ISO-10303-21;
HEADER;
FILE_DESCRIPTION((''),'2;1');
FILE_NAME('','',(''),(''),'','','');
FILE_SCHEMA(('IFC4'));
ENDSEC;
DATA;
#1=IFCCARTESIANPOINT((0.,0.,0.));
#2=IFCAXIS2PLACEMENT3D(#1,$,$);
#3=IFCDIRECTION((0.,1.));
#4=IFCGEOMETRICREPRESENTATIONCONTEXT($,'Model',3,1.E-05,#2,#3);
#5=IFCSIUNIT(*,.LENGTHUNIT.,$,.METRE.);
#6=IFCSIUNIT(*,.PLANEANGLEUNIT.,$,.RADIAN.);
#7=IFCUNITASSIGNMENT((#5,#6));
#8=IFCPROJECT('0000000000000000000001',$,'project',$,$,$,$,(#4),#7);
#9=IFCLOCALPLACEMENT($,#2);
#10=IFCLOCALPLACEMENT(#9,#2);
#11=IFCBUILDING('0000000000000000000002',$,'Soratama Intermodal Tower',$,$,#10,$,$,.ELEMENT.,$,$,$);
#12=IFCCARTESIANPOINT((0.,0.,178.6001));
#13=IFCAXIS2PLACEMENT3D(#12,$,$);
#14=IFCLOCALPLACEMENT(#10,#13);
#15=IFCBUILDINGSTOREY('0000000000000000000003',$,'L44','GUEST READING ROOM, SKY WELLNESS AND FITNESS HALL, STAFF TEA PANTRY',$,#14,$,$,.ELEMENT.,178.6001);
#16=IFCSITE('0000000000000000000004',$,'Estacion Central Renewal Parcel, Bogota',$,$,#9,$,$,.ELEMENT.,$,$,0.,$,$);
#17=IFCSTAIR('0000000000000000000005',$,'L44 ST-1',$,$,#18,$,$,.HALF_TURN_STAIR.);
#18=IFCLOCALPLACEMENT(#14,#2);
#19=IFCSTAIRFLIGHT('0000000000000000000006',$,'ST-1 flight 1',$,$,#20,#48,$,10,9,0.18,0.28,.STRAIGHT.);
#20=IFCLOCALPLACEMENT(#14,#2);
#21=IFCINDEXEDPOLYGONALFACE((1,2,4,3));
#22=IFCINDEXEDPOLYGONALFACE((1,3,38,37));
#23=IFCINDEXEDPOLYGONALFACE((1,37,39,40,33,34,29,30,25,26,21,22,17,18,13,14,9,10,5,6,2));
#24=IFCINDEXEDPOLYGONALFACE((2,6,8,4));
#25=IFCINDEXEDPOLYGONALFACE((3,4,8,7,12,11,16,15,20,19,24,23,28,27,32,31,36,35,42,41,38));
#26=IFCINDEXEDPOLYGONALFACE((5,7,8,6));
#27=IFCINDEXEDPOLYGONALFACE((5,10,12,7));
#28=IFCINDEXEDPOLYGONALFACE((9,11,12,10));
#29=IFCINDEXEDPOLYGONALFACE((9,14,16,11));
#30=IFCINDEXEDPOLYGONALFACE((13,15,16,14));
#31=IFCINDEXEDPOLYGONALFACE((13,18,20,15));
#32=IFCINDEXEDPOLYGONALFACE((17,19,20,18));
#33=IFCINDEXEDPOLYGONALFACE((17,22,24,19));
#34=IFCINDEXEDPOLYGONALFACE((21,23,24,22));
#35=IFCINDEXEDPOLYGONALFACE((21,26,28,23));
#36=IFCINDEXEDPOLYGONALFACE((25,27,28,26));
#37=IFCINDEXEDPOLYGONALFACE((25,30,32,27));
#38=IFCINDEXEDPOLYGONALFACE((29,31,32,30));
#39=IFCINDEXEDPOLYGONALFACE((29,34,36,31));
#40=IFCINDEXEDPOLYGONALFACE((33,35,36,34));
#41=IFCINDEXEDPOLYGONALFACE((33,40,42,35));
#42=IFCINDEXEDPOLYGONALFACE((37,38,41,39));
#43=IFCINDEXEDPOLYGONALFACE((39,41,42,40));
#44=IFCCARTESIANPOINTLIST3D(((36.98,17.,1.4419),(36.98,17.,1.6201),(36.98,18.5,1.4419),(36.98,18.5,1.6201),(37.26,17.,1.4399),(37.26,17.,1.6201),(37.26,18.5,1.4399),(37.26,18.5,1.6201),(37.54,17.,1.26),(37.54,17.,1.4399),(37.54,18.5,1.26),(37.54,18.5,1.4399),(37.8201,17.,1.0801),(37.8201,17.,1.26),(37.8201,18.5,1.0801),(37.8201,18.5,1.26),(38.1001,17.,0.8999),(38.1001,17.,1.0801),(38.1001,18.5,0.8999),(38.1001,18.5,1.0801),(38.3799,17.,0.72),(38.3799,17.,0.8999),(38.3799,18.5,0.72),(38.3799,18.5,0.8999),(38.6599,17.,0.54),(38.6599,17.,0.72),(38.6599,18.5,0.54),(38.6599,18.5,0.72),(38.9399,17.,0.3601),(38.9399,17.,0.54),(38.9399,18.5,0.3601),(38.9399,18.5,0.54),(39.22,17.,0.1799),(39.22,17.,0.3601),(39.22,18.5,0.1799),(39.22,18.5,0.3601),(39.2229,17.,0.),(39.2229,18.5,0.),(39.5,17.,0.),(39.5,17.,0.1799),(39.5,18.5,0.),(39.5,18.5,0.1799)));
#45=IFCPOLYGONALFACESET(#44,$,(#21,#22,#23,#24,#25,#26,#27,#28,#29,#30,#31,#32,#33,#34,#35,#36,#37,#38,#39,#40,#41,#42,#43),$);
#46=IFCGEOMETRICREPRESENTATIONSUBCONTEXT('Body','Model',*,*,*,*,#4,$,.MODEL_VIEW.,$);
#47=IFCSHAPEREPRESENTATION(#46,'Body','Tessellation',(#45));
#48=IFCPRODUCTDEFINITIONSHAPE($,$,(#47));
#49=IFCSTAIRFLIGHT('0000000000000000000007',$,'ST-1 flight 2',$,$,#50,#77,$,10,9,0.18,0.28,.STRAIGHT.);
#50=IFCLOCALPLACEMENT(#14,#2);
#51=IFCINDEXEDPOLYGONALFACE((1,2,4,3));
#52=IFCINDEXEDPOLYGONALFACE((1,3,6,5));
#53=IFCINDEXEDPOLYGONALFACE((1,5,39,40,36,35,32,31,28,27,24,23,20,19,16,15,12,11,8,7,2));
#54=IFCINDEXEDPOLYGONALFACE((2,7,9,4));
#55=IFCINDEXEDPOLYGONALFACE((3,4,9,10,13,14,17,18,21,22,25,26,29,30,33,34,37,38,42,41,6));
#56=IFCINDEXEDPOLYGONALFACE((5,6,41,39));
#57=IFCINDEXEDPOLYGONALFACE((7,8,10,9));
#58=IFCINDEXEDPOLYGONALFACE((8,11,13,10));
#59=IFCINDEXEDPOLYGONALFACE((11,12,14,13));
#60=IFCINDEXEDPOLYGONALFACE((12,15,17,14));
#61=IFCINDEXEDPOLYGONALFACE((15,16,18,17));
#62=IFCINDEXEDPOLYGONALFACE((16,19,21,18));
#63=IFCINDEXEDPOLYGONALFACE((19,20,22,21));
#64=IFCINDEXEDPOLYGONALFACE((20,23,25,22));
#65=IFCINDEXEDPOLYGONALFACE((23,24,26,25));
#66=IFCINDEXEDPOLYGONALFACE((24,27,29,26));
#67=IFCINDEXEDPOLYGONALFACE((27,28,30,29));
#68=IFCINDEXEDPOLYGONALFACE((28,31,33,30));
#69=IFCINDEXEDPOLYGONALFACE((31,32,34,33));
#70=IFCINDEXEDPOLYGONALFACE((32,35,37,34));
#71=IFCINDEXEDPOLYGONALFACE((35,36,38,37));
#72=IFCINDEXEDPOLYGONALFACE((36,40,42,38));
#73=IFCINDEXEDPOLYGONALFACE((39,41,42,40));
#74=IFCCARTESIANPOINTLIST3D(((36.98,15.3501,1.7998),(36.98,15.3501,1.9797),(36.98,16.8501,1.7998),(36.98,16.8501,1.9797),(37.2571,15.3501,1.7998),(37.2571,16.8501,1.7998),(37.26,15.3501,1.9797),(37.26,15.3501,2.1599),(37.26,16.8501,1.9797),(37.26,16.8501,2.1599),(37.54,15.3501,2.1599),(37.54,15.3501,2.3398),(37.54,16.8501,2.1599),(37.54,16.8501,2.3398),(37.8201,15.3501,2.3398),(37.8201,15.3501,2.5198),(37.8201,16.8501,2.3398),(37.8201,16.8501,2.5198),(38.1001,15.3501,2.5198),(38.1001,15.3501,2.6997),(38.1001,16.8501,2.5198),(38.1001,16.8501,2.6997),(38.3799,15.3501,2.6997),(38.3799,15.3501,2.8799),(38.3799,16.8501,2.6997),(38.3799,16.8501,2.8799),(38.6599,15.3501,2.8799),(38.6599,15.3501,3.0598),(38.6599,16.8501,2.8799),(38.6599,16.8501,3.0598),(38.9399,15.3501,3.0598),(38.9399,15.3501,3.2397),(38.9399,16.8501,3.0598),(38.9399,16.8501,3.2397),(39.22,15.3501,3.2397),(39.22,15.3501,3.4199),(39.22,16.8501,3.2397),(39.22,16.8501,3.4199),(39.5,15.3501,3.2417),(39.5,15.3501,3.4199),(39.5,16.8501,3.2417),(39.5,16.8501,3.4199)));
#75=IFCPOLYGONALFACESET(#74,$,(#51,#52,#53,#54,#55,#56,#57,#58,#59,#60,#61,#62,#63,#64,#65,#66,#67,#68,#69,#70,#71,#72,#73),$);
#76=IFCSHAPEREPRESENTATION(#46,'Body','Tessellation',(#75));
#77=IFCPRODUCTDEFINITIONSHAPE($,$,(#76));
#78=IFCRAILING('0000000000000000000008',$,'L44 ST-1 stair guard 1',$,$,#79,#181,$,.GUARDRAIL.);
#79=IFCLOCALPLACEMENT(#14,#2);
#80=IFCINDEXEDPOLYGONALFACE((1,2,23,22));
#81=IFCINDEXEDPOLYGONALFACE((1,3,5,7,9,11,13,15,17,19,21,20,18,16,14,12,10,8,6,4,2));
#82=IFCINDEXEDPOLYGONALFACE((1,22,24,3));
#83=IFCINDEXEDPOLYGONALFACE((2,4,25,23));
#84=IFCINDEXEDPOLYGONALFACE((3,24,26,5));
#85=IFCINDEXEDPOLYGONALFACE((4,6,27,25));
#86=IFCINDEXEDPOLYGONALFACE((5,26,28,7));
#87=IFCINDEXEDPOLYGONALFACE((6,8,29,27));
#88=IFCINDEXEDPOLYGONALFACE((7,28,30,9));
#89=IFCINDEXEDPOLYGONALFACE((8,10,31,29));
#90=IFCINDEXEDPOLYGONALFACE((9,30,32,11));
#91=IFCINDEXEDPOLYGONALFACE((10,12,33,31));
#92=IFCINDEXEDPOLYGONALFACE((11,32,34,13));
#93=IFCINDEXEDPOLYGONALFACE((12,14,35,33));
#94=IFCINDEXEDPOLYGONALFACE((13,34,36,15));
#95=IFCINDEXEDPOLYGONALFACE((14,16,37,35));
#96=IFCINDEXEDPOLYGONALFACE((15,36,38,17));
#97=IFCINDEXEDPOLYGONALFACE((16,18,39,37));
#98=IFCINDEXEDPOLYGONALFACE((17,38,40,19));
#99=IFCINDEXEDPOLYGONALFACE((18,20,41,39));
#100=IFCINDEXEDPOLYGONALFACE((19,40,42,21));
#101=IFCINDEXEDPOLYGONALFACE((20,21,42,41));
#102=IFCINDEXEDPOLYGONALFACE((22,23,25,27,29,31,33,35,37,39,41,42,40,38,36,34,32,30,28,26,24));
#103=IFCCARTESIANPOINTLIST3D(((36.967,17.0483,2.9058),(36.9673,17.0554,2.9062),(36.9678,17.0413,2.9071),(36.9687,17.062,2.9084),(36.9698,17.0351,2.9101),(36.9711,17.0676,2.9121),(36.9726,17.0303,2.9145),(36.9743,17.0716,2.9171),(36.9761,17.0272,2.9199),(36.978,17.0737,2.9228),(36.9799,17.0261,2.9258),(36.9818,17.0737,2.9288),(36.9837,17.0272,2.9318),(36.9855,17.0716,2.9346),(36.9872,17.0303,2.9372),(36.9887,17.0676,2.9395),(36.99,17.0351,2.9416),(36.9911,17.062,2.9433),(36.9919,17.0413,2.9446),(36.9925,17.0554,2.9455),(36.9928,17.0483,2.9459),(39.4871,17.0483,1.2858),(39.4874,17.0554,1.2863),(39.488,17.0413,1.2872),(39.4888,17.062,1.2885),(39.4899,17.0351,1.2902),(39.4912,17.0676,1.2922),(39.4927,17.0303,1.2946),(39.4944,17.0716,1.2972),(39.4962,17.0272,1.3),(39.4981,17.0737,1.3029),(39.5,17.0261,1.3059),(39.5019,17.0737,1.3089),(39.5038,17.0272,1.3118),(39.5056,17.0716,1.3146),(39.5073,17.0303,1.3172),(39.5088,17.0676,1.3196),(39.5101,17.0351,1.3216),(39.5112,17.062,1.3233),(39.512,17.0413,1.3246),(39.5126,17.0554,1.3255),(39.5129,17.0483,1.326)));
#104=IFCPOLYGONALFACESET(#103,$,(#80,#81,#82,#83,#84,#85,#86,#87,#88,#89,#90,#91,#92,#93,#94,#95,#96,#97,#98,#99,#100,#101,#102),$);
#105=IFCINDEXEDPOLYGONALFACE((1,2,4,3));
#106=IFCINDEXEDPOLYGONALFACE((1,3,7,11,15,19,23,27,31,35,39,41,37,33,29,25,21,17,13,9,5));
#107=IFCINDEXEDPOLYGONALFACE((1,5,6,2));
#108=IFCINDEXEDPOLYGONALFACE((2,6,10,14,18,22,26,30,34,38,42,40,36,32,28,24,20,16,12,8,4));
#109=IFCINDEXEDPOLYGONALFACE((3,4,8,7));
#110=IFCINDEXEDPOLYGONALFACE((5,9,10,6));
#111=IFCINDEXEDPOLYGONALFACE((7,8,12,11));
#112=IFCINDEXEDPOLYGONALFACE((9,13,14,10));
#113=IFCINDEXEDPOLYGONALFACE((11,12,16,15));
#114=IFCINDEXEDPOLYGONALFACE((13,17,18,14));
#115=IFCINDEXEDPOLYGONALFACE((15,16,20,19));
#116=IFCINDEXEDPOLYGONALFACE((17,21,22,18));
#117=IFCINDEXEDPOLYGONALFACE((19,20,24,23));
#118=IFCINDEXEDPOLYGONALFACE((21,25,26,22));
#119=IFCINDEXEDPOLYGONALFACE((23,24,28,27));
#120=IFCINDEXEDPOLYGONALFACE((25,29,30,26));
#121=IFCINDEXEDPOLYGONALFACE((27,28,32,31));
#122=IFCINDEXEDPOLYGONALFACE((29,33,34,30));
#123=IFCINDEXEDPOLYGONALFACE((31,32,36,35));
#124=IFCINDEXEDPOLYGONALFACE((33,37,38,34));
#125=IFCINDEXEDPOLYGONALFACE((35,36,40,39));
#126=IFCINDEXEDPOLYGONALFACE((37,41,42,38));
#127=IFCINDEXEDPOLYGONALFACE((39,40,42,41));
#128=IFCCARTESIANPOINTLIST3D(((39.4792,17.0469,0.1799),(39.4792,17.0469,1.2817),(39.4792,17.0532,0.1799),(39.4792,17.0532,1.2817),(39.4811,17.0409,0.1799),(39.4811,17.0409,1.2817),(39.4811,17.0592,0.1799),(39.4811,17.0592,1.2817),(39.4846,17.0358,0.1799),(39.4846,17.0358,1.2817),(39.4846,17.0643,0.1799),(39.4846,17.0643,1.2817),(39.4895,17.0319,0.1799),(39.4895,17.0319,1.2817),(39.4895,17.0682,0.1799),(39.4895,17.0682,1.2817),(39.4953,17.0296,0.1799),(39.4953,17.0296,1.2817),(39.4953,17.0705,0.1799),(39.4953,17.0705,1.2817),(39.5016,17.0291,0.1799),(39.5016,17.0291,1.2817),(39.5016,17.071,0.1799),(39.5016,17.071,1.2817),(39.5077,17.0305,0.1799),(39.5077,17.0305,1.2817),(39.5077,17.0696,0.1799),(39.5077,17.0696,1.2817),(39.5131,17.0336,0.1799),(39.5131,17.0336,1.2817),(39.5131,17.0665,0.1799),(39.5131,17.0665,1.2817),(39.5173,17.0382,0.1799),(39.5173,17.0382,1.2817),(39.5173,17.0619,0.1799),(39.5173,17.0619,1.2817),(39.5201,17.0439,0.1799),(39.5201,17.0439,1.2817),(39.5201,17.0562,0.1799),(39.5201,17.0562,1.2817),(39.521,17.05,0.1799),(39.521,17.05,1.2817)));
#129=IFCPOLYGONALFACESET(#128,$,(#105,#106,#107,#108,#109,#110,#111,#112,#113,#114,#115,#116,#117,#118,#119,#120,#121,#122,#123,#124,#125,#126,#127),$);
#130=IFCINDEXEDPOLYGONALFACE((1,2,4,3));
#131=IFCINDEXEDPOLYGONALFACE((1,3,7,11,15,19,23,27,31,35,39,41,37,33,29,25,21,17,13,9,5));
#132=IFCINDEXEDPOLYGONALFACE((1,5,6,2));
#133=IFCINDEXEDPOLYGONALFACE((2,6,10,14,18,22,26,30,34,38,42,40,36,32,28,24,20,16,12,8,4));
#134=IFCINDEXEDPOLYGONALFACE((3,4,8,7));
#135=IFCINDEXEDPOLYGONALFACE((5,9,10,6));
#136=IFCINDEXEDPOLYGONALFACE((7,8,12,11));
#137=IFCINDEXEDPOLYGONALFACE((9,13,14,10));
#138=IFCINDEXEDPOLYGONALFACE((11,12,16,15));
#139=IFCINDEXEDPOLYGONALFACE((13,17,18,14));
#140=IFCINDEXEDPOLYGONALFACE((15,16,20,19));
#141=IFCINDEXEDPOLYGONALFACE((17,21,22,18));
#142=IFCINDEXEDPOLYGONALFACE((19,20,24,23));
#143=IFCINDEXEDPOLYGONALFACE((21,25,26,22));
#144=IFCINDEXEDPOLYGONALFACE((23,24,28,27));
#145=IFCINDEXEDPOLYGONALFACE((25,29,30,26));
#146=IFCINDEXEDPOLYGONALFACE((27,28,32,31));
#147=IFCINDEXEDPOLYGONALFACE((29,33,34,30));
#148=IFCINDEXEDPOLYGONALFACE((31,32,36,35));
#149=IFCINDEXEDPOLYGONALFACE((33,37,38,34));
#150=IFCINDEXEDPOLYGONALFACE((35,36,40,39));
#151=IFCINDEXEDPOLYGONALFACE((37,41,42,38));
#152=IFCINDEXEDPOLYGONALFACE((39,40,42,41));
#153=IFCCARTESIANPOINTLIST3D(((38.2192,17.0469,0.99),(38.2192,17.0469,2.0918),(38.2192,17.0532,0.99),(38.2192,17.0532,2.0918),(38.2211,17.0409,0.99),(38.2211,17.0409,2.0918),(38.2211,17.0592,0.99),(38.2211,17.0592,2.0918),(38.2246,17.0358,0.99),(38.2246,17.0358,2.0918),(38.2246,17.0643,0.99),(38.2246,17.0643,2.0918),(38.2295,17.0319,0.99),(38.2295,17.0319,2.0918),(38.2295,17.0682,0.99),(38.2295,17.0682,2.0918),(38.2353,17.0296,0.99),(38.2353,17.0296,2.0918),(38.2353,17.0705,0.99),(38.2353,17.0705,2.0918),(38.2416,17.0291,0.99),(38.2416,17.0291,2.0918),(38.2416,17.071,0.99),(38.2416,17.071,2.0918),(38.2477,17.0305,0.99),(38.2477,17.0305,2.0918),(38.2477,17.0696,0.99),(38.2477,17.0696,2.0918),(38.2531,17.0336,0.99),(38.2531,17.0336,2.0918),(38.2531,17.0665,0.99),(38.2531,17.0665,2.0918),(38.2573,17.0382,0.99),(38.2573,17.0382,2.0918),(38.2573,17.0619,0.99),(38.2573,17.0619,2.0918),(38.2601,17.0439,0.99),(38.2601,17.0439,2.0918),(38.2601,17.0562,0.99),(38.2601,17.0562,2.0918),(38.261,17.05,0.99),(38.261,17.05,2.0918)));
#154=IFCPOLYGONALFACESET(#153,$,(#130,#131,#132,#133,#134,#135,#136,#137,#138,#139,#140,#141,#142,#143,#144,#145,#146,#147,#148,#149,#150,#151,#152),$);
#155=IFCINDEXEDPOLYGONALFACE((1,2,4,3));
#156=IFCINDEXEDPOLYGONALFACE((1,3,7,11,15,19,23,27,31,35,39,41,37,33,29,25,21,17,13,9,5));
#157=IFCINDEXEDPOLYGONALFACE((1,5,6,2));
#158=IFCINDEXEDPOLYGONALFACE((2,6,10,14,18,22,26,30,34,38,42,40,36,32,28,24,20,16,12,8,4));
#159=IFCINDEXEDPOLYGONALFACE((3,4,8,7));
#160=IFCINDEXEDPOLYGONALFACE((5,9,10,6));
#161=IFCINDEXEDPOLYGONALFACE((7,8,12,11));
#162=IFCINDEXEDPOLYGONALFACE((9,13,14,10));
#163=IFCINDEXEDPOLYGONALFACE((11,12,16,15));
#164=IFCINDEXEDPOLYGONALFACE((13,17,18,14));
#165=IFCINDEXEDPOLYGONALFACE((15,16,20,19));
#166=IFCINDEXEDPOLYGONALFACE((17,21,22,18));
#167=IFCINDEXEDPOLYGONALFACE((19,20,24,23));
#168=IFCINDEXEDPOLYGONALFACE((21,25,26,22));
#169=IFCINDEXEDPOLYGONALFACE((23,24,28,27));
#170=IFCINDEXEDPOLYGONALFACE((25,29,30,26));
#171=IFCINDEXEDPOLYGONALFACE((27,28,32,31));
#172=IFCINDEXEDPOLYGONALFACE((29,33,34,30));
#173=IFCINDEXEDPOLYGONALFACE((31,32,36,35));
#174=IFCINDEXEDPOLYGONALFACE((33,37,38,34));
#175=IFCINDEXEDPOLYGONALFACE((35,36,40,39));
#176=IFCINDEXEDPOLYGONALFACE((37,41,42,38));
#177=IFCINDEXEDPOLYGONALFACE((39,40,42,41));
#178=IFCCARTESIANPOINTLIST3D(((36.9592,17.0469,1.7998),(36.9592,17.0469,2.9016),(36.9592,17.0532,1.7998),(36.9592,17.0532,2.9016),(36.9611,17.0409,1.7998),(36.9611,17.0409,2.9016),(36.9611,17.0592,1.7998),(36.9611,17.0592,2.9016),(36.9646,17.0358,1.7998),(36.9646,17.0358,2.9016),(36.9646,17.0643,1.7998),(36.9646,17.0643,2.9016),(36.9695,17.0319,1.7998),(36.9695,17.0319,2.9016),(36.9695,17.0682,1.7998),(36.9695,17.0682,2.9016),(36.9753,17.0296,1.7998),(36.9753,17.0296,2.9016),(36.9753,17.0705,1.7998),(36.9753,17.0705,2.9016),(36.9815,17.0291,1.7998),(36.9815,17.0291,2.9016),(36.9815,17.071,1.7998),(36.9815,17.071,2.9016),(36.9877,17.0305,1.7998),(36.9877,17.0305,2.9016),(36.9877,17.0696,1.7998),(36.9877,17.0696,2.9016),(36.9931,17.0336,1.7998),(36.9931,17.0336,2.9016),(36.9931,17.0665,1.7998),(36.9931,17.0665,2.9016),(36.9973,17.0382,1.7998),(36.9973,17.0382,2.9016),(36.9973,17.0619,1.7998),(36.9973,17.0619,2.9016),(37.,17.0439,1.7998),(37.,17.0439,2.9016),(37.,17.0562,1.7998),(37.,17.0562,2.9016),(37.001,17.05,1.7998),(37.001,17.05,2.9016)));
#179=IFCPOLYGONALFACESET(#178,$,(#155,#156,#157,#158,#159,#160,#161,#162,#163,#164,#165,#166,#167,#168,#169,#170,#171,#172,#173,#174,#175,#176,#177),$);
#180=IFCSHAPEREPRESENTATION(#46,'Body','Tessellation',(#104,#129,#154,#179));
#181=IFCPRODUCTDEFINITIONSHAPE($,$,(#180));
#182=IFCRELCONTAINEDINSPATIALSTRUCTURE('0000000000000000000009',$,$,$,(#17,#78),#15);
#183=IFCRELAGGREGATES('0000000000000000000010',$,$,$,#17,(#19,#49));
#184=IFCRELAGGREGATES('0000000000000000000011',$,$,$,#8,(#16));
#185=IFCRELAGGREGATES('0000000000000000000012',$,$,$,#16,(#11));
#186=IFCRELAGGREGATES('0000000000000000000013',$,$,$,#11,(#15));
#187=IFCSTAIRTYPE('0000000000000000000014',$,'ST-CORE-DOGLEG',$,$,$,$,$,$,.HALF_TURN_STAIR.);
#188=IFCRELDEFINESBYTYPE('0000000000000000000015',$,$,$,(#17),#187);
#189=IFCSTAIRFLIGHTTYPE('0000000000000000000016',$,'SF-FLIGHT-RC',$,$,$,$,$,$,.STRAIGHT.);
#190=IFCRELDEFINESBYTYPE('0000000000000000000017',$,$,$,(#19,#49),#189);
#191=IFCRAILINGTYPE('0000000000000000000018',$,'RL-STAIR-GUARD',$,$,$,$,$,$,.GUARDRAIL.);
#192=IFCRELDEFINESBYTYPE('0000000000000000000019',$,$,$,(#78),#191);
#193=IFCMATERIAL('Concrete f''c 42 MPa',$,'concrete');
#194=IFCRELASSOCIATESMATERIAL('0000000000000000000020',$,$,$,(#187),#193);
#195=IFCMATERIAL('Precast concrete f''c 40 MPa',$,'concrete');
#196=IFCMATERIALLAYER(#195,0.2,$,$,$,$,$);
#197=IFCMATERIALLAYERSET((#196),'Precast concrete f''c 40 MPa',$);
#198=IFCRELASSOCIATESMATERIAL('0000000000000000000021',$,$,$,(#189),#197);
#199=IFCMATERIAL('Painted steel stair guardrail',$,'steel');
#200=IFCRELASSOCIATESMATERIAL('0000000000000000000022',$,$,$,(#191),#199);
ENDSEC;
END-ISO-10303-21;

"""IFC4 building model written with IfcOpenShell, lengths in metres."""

from ifc_helpers import new_model, si_unit, direction, frame, origin, origin_2d, place, context, subcontext, project, spatial, polyline, circle, outline, extrude, material, layer, layer_set, type_object, element, aggregate, save


model = new_model("IFC4")

# Units and contexts
model_context = context("Model", 3, precision=1e-05, world=origin(), true_north=direction((0.0, 1.0)))
body_context = subcontext(model_context, "Body", "Model", "MODEL_VIEW")
ifc_project = project(units=[si_unit("LENGTHUNIT", "METRE"), si_unit("PLANEANGLEUNIT", "RADIAN")], contexts=[model_context])

# Site, building, storey
site_placement = place(None, origin())
site = spatial("IfcSite", under=ifc_project, at=site_placement, Name="Estacion Central Renewal Parcel, Bogota", CompositionType="ELEMENT", RefElevation=0.0)
building_placement = place(site_placement, origin())
building = spatial("IfcBuilding", under=site, at=building_placement, Name="Soratama Intermodal Tower", CompositionType="ELEMENT")
storey_placement = place(building_placement, frame((0.0, 0.0, 178.6001)))
storey = spatial("IfcBuildingStorey", under=building, at=storey_placement, Name="L44", Description="GUEST READING ROOM, SKY WELLNESS AND FITNESS HALL, STAFF TEA PANTRY", CompositionType="ELEMENT", Elevation=178.6001)

# Stair, stair flights
ifc_material_1 = material(Name="Concrete f'c 42 MPa", Category="concrete")
stair_type = type_object("IfcStairType", Name="ST-CORE-DOGLEG", PredefinedType="HALF_TURN_STAIR", material=ifc_material_1)
stair_placement = place(storey_placement, origin())
stair = element("IfcStair", 1, at=stair_placement, inside=storey, type_object=stair_type, Name="L44 ST-1", PredefinedType="HALF_TURN_STAIR")
ifc_material_2 = material(Name="Precast concrete f'c 40 MPa", Category="concrete")
ifc_layer_1 = layer(ifc_material_2, 0.2)
ifc_layer_set_1 = layer_set([ifc_layer_1], Name="Precast concrete f'c 40 MPa")
stair_flight_type = type_object("IfcStairFlightType", Name="SF-FLIGHT-RC", PredefinedType="STRAIGHT", material=ifc_layer_set_1)
stair_flight_1_placement = place(storey_placement, frame((39.5, 17.75, 0.0), z_axis=(0.0, 0.0, 1.0), x_axis=(-1.0, 0.0, 0.0)))
stair_flight_1 = element("IfcStairFlight", 2, at=stair_flight_1_placement, type_object=stair_flight_type, Name="ST-1 flight 1", NumberOfRisers=10, NumberOfTreads=9, PredefinedType="STRAIGHT", RiserHeight=0.18, TreadLength=0.28, context=body_context, shape_type="SweptSolid", body=[
    extrude(outline(polyline([(0.0, 0.0), (0.0, 0.1799), (0.28, 0.1799), (0.28, 0.3601), (0.5601, 0.3601), (0.5601, 0.54), (0.8401, 0.54), (0.8401, 0.72), (1.1201, 0.72), (1.1201, 0.8999), (1.3999, 0.8999), (1.3999, 1.0801), (1.6799, 1.0801), (1.6799, 1.26), (1.96, 1.26), (1.96, 1.4399), (2.24, 1.4399), (2.24, 1.6201), (2.52, 1.6201), (2.52, 1.8), (2.52, 1.4419), (0.2771, 0.0), (0.0, 0.0)])), frame((0.0, 0.75, 0.0), z_axis=(0.0, -1.0, 0.0), x_axis=(1.0, 0.0, 0.0)), (0.0, 0.0, 1.0), 1.5),
])
stair_flight_2_placement = place(storey_placement, frame((36.98, 16.1001, 1.7998), z_axis=(0.0, 0.0, 1.0), x_axis=(1.0, 0.0, 0.0)))
stair_flight_2 = element("IfcStairFlight", 3, at=stair_flight_2_placement, type_object=stair_flight_type, Name="ST-1 flight 2", NumberOfRisers=10, NumberOfTreads=9, PredefinedType="STRAIGHT", RiserHeight=0.18, TreadLength=0.28, context=body_context, shape_type="SweptSolid", body=[
    extrude(outline(polyline([(0.0, 0.0), (0.0, 0.1799), (0.28, 0.1799), (0.28, 0.3601), (0.5601, 0.3601), (0.5601, 0.54), (0.8401, 0.54), (0.8401, 0.72), (1.1201, 0.72), (1.1201, 0.8999), (1.3999, 0.8999), (1.3999, 1.0801), (1.6799, 1.0801), (1.6799, 1.26), (1.96, 1.26), (1.96, 1.4399), (2.24, 1.4399), (2.24, 1.6201), (2.52, 1.6201), (2.52, 1.8), (2.52, 1.4419), (0.2771, 0.0), (0.0, 0.0)])), frame((0.0, 0.75, 0.0), z_axis=(0.0, -1.0, 0.0), x_axis=(1.0, 0.0, 0.0)), (0.0, 0.0, 1.0), 1.5),
])
aggregate(stair, [stair_flight_1, stair_flight_2])

# Railing
ifc_material_3 = material(Name="Painted steel stair guardrail", Category="steel")
railing_type_1 = type_object("IfcRailingType", Name="RL-STAIR-GUARD", PredefinedType="GUARDRAIL", material=ifc_material_3)
railing_1_placement = place(storey_placement, frame((39.5, 17.05, 0.1799)))
element("IfcRailing", 4, at=railing_1_placement, inside=storey, type_object=railing_type_1, Name="L44 ST-1 stair guard 1", PredefinedType="GUARDRAIL", context=body_context, shape_type="SweptSolid", body=[
    extrude(circle(Radius=0.0239, at=origin_2d()), frame((0.0, 0.0, 1.126), z_axis=(-0.8412, 0.0, 0.540725), x_axis=(0.0, -1.0, 0.0)), (0.0, 0.0, 1.0), 2.9958),
    extrude(circle(Radius=0.021, at=origin_2d()), origin(), (0.0, 0.0, 1.0), 1.1018),
    extrude(circle(Radius=0.021, at=origin_2d()), frame((-1.26, 0.0, 0.8101)), (0.0, 0.0, 1.0), 1.1018),
    extrude(circle(Radius=0.021, at=origin_2d()), frame((-2.52, 0.0, 1.6199)), (0.0, 0.0, 1.0), 1.1018),
])

save(model, "model.ifc")
